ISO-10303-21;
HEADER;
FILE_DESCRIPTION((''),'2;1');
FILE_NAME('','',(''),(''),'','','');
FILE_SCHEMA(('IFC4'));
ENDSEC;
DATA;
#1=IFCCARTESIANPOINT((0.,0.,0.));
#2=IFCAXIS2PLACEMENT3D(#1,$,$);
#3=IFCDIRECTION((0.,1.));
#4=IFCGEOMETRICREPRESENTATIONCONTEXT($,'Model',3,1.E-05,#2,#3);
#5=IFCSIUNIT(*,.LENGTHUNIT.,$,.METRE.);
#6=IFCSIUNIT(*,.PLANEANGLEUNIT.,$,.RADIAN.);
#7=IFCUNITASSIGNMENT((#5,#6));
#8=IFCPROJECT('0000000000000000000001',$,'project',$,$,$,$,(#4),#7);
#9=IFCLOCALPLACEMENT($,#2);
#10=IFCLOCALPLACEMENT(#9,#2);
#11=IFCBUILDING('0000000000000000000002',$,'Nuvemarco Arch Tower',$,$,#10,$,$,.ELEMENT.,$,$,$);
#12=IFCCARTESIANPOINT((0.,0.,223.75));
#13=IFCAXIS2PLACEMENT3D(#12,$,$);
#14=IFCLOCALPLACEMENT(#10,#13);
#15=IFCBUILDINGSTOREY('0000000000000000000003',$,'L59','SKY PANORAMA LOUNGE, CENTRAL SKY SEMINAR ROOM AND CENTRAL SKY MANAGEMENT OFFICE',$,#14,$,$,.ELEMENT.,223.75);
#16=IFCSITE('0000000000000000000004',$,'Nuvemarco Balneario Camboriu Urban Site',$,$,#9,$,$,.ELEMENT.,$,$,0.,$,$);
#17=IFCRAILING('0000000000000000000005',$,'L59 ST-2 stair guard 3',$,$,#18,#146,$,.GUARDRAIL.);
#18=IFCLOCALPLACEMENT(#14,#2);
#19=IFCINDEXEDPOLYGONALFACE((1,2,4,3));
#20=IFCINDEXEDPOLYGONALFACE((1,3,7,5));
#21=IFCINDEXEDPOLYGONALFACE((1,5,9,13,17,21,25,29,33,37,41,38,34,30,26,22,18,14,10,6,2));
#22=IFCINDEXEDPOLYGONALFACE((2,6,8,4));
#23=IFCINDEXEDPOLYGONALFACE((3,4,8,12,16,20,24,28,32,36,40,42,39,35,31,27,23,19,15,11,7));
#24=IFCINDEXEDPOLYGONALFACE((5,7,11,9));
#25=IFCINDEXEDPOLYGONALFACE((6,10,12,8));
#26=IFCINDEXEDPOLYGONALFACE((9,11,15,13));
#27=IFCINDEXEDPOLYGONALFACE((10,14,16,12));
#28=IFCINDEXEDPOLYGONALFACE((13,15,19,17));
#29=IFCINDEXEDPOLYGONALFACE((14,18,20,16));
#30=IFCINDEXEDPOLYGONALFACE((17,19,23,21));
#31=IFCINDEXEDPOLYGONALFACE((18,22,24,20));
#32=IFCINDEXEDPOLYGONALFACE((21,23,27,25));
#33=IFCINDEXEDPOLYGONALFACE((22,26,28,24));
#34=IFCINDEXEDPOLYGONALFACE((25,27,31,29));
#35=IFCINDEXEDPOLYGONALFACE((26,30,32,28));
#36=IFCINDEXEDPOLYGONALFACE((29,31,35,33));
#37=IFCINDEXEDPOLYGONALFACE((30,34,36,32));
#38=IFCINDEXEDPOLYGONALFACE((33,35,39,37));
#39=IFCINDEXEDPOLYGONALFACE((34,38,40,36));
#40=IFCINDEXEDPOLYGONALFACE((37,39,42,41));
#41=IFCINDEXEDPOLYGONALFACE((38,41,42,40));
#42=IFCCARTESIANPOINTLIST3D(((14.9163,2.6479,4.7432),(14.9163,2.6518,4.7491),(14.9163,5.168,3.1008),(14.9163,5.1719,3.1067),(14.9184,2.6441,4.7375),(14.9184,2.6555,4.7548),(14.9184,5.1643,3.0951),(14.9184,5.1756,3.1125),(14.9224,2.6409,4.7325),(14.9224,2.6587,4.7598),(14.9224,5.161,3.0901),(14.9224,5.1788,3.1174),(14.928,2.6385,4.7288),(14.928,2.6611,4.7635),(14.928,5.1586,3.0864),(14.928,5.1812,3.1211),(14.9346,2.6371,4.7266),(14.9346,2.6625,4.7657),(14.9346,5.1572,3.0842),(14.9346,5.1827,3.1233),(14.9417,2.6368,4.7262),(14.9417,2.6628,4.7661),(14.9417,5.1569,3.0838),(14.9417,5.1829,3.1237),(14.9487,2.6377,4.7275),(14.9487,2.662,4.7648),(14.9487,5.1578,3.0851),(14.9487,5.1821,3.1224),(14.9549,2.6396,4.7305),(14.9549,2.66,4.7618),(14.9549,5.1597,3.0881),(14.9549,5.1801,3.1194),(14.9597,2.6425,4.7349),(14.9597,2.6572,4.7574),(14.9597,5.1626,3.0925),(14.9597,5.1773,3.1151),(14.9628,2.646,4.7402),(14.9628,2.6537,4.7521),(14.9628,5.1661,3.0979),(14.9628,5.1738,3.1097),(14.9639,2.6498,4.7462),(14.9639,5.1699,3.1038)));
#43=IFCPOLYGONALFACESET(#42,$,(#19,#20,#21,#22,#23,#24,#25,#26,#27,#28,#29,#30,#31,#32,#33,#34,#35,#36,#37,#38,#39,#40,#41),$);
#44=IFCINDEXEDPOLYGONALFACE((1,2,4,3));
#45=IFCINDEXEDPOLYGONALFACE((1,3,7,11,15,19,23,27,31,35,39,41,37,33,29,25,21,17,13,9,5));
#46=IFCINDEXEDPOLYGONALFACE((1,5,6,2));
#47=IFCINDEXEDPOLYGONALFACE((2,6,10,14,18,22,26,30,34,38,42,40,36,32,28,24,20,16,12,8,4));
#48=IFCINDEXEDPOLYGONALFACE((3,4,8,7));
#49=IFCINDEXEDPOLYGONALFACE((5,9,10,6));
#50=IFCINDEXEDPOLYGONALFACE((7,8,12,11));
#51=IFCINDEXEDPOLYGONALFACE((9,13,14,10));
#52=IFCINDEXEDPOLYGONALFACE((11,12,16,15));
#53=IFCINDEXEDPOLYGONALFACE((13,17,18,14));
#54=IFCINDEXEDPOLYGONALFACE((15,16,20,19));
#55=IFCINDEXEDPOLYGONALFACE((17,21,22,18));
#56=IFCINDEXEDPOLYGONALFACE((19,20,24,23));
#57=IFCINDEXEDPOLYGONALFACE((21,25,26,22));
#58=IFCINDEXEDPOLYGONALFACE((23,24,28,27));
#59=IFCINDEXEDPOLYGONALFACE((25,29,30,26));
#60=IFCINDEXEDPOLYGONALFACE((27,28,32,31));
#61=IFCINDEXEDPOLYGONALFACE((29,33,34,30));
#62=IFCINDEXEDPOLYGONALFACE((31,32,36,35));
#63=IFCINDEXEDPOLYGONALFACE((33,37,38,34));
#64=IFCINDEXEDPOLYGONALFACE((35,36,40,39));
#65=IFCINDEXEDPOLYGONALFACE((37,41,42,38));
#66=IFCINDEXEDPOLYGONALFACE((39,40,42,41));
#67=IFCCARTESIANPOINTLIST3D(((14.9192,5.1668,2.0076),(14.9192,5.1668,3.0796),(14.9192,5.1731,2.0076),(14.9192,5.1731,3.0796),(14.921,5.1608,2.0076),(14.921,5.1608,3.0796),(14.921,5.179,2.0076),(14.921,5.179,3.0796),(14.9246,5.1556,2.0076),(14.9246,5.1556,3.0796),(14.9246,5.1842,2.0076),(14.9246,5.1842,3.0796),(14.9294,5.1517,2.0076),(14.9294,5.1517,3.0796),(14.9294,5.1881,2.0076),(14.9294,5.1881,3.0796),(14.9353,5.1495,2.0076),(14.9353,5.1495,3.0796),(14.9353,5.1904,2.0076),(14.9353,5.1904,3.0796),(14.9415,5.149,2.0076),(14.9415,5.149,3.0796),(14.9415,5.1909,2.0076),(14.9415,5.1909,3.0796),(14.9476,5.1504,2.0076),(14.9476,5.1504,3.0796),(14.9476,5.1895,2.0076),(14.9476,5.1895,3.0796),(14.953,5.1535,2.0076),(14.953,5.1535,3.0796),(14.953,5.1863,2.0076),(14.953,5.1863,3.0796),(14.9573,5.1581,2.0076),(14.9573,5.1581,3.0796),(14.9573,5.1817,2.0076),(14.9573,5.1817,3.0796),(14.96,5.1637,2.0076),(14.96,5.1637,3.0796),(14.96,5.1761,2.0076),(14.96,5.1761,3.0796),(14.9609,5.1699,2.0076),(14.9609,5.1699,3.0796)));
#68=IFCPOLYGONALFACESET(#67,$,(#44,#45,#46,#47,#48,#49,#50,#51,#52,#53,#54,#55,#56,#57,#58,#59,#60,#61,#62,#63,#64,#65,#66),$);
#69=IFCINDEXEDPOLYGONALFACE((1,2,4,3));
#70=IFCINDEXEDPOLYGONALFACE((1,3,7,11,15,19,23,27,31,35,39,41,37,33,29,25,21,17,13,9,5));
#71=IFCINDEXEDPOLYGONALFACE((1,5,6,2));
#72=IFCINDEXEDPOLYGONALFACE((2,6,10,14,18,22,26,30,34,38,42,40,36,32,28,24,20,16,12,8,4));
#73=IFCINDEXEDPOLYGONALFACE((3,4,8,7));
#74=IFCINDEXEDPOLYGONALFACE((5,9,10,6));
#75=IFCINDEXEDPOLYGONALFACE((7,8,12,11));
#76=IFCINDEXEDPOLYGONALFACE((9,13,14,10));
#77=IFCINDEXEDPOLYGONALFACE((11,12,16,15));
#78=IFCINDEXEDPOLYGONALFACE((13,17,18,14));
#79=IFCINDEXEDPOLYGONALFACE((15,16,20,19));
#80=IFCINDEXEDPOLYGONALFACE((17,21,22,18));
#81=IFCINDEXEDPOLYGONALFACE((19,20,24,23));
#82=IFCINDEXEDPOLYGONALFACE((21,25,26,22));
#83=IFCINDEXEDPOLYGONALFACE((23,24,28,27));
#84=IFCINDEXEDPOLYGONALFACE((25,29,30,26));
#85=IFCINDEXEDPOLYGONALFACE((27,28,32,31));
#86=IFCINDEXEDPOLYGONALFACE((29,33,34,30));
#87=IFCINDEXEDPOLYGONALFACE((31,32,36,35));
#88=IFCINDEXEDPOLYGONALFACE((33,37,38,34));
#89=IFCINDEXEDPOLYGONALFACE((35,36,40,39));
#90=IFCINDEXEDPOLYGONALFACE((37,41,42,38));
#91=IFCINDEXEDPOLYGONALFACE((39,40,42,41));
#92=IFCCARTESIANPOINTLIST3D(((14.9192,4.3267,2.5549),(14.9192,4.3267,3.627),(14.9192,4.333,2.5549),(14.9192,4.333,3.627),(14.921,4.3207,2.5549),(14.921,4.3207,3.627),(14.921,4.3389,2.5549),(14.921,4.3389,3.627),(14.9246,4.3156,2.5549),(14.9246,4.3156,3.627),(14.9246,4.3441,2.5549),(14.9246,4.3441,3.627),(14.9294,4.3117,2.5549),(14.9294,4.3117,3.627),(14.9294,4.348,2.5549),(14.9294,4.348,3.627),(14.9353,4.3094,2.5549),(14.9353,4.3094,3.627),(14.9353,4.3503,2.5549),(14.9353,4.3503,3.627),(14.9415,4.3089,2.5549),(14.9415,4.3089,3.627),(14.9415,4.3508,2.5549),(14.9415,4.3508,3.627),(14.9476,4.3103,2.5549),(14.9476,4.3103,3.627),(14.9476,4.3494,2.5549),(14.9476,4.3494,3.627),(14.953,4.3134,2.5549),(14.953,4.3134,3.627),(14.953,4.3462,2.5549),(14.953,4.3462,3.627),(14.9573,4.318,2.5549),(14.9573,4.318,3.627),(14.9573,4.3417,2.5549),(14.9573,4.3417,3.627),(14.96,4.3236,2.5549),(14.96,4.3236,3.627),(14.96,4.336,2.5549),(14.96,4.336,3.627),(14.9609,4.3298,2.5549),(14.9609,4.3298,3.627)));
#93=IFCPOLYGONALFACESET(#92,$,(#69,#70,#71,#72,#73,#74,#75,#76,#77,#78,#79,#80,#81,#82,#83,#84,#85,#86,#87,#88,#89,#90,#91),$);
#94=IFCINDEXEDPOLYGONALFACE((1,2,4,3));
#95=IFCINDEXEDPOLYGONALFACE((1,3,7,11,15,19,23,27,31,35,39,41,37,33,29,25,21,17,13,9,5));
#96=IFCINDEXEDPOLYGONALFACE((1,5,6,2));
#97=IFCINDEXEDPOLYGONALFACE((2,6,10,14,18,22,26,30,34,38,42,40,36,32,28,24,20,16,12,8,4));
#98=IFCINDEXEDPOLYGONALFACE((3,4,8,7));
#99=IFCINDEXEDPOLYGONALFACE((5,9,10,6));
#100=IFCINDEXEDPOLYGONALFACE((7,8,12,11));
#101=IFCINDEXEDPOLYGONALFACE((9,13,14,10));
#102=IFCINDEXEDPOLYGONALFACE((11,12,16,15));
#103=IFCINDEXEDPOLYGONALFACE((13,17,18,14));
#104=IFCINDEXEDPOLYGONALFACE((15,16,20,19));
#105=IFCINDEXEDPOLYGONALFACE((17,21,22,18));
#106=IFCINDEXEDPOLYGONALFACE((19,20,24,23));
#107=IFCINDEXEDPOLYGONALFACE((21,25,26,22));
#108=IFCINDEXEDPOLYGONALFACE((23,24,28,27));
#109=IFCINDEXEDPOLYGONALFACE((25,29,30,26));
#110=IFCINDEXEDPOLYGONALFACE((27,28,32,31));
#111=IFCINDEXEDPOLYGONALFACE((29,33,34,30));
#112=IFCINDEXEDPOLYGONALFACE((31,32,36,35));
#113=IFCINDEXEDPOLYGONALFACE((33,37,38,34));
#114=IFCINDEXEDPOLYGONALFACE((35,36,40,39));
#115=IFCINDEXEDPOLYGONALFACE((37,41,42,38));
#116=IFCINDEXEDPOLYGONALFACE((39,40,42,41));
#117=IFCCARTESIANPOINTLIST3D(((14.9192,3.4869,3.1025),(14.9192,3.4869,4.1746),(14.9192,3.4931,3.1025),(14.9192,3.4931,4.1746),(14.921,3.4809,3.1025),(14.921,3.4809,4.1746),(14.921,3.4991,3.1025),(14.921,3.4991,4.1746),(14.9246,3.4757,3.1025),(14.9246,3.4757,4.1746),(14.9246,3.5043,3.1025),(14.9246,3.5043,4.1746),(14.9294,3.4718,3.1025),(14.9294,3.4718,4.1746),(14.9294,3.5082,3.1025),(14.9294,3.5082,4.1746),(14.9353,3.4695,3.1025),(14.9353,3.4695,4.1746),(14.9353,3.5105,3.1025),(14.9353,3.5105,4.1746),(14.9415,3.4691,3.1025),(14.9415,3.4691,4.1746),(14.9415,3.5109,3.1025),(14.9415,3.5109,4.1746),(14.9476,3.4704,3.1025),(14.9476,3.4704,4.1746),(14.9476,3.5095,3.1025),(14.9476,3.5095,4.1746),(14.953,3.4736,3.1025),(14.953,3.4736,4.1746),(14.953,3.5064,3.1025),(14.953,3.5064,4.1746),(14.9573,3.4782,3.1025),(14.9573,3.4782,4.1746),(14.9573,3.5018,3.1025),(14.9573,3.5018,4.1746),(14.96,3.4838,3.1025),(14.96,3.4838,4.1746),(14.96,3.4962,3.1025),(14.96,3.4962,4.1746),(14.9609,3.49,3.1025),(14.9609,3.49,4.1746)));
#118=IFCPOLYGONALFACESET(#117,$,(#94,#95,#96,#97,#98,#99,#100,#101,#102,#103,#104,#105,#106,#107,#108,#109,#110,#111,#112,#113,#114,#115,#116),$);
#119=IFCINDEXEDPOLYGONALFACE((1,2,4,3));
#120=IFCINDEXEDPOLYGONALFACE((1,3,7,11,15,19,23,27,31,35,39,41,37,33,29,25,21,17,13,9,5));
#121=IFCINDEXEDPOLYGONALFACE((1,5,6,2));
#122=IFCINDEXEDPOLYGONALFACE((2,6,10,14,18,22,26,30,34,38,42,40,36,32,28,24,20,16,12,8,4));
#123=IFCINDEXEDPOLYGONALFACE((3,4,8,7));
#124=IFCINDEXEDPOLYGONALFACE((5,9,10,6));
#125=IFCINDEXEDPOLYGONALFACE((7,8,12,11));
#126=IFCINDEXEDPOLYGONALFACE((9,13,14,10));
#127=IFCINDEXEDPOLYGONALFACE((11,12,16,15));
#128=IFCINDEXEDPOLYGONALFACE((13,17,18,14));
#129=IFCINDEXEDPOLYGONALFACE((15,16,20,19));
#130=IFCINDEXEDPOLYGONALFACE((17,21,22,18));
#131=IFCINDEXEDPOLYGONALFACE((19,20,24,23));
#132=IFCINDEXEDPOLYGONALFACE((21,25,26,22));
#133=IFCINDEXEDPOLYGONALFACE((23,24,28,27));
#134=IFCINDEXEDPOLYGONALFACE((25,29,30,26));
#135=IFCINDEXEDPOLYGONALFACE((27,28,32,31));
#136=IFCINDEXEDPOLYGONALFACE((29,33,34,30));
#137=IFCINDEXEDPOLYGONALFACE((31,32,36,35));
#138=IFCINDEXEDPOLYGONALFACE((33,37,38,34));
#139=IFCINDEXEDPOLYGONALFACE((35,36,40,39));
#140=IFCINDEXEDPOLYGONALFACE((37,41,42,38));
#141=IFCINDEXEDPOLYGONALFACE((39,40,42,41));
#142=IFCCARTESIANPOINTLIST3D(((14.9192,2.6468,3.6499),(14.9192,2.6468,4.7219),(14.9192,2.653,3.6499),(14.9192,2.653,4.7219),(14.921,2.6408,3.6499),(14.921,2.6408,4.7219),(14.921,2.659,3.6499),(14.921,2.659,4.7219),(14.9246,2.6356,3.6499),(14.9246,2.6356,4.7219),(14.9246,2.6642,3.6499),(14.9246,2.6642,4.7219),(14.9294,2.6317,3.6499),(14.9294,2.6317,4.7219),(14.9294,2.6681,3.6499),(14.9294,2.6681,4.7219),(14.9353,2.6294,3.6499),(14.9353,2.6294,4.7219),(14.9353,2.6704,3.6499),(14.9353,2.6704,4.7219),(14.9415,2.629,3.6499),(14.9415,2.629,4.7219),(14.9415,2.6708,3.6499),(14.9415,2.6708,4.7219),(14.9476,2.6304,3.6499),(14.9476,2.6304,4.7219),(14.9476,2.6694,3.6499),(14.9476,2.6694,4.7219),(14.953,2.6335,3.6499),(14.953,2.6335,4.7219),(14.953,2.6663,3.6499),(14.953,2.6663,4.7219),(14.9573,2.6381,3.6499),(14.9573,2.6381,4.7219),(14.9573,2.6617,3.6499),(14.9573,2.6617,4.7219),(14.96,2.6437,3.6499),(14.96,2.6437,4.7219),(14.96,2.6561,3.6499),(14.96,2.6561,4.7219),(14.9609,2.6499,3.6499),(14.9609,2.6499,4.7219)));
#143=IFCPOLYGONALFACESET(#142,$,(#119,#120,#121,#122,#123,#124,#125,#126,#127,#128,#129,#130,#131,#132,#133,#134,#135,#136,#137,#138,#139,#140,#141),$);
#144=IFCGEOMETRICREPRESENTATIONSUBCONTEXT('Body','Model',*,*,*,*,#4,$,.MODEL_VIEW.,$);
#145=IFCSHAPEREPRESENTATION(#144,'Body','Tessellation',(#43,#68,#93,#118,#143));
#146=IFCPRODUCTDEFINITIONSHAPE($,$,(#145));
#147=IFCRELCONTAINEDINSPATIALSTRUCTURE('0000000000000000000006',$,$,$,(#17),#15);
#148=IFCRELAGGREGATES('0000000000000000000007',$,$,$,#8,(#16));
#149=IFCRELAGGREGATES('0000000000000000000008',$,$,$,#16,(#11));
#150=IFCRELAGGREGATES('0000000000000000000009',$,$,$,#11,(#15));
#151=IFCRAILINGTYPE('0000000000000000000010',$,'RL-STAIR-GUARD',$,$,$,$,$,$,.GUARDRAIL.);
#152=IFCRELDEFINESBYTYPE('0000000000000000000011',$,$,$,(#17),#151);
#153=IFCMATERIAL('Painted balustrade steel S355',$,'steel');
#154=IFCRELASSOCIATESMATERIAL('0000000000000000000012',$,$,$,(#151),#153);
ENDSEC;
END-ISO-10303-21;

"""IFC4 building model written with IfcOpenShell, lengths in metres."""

from ifc_helpers import new_model, si_unit, direction, frame, origin, origin_2d, place, context, subcontext, project, spatial, circle, extrude, material, type_object, element, save


model = new_model("IFC4")

# Units and contexts
model_context = context("Model", 3, precision=1e-05, world=origin(), true_north=direction((0.0, 1.0)))
body_context = subcontext(model_context, "Body", "Model", "MODEL_VIEW")
ifc_project = project(units=[si_unit("LENGTHUNIT", "METRE"), si_unit("PLANEANGLEUNIT", "RADIAN")], contexts=[model_context])

# Site, building, storey
site_placement = place(None, origin())
site = spatial("IfcSite", under=ifc_project, at=site_placement, Name="Nuvemarco Balneario Camboriu Urban Site", CompositionType="ELEMENT", RefElevation=0.0)
building_placement = place(site_placement, origin())
building = spatial("IfcBuilding", under=site, at=building_placement, Name="Nuvemarco Arch Tower", CompositionType="ELEMENT")
storey_placement = place(building_placement, frame((0.0, 0.0, 223.75)))
storey = spatial("IfcBuildingStorey", under=building, at=storey_placement, Name="L59", Description="SKY PANORAMA LOUNGE, CENTRAL SKY SEMINAR ROOM AND CENTRAL SKY MANAGEMENT OFFICE", CompositionType="ELEMENT", Elevation=223.75)

# Railing
ifc_material_1 = material(Name="Painted balustrade steel S355", Category="steel")
railing_type_1 = type_object("IfcRailingType", Name="RL-STAIR-GUARD", PredefinedType="GUARDRAIL", material=ifc_material_1)
railing_1_placement = place(storey_placement, frame((14.9399, 5.1699, 2.0076)))
element("IfcRailing", 1, at=railing_1_placement, inside=storey, type_object=railing_type_1, Name="L59 ST-2 stair guard 3", PredefinedType="GUARDRAIL", context=body_context, shape_type="SweptSolid", body=[
    extrude(circle(Radius=0.0239, at=origin_2d()), frame((0.0, 0.0, 1.0962), z_axis=(0.0, -0.837787, 0.545998), x_axis=(1.0, 0.0, 0.0)), (0.0, 0.0, 1.0), 3.0081),
    extrude(circle(Radius=0.021, at=origin_2d()), origin(), (0.0, 0.0, 1.0), 1.072),
    extrude(circle(Radius=0.021, at=origin_2d()), frame((0.0, -0.8401, 0.5474)), (0.0, 0.0, 1.0), 1.072),
    extrude(circle(Radius=0.021, at=origin_2d()), frame((0.0, -1.6799, 1.095)), (0.0, 0.0, 1.0), 1.072),
    extrude(circle(Radius=0.021, at=origin_2d()), frame((0.0, -2.52, 1.6423)), (0.0, 0.0, 1.0), 1.072),
])

save(model, "model.ifc")
